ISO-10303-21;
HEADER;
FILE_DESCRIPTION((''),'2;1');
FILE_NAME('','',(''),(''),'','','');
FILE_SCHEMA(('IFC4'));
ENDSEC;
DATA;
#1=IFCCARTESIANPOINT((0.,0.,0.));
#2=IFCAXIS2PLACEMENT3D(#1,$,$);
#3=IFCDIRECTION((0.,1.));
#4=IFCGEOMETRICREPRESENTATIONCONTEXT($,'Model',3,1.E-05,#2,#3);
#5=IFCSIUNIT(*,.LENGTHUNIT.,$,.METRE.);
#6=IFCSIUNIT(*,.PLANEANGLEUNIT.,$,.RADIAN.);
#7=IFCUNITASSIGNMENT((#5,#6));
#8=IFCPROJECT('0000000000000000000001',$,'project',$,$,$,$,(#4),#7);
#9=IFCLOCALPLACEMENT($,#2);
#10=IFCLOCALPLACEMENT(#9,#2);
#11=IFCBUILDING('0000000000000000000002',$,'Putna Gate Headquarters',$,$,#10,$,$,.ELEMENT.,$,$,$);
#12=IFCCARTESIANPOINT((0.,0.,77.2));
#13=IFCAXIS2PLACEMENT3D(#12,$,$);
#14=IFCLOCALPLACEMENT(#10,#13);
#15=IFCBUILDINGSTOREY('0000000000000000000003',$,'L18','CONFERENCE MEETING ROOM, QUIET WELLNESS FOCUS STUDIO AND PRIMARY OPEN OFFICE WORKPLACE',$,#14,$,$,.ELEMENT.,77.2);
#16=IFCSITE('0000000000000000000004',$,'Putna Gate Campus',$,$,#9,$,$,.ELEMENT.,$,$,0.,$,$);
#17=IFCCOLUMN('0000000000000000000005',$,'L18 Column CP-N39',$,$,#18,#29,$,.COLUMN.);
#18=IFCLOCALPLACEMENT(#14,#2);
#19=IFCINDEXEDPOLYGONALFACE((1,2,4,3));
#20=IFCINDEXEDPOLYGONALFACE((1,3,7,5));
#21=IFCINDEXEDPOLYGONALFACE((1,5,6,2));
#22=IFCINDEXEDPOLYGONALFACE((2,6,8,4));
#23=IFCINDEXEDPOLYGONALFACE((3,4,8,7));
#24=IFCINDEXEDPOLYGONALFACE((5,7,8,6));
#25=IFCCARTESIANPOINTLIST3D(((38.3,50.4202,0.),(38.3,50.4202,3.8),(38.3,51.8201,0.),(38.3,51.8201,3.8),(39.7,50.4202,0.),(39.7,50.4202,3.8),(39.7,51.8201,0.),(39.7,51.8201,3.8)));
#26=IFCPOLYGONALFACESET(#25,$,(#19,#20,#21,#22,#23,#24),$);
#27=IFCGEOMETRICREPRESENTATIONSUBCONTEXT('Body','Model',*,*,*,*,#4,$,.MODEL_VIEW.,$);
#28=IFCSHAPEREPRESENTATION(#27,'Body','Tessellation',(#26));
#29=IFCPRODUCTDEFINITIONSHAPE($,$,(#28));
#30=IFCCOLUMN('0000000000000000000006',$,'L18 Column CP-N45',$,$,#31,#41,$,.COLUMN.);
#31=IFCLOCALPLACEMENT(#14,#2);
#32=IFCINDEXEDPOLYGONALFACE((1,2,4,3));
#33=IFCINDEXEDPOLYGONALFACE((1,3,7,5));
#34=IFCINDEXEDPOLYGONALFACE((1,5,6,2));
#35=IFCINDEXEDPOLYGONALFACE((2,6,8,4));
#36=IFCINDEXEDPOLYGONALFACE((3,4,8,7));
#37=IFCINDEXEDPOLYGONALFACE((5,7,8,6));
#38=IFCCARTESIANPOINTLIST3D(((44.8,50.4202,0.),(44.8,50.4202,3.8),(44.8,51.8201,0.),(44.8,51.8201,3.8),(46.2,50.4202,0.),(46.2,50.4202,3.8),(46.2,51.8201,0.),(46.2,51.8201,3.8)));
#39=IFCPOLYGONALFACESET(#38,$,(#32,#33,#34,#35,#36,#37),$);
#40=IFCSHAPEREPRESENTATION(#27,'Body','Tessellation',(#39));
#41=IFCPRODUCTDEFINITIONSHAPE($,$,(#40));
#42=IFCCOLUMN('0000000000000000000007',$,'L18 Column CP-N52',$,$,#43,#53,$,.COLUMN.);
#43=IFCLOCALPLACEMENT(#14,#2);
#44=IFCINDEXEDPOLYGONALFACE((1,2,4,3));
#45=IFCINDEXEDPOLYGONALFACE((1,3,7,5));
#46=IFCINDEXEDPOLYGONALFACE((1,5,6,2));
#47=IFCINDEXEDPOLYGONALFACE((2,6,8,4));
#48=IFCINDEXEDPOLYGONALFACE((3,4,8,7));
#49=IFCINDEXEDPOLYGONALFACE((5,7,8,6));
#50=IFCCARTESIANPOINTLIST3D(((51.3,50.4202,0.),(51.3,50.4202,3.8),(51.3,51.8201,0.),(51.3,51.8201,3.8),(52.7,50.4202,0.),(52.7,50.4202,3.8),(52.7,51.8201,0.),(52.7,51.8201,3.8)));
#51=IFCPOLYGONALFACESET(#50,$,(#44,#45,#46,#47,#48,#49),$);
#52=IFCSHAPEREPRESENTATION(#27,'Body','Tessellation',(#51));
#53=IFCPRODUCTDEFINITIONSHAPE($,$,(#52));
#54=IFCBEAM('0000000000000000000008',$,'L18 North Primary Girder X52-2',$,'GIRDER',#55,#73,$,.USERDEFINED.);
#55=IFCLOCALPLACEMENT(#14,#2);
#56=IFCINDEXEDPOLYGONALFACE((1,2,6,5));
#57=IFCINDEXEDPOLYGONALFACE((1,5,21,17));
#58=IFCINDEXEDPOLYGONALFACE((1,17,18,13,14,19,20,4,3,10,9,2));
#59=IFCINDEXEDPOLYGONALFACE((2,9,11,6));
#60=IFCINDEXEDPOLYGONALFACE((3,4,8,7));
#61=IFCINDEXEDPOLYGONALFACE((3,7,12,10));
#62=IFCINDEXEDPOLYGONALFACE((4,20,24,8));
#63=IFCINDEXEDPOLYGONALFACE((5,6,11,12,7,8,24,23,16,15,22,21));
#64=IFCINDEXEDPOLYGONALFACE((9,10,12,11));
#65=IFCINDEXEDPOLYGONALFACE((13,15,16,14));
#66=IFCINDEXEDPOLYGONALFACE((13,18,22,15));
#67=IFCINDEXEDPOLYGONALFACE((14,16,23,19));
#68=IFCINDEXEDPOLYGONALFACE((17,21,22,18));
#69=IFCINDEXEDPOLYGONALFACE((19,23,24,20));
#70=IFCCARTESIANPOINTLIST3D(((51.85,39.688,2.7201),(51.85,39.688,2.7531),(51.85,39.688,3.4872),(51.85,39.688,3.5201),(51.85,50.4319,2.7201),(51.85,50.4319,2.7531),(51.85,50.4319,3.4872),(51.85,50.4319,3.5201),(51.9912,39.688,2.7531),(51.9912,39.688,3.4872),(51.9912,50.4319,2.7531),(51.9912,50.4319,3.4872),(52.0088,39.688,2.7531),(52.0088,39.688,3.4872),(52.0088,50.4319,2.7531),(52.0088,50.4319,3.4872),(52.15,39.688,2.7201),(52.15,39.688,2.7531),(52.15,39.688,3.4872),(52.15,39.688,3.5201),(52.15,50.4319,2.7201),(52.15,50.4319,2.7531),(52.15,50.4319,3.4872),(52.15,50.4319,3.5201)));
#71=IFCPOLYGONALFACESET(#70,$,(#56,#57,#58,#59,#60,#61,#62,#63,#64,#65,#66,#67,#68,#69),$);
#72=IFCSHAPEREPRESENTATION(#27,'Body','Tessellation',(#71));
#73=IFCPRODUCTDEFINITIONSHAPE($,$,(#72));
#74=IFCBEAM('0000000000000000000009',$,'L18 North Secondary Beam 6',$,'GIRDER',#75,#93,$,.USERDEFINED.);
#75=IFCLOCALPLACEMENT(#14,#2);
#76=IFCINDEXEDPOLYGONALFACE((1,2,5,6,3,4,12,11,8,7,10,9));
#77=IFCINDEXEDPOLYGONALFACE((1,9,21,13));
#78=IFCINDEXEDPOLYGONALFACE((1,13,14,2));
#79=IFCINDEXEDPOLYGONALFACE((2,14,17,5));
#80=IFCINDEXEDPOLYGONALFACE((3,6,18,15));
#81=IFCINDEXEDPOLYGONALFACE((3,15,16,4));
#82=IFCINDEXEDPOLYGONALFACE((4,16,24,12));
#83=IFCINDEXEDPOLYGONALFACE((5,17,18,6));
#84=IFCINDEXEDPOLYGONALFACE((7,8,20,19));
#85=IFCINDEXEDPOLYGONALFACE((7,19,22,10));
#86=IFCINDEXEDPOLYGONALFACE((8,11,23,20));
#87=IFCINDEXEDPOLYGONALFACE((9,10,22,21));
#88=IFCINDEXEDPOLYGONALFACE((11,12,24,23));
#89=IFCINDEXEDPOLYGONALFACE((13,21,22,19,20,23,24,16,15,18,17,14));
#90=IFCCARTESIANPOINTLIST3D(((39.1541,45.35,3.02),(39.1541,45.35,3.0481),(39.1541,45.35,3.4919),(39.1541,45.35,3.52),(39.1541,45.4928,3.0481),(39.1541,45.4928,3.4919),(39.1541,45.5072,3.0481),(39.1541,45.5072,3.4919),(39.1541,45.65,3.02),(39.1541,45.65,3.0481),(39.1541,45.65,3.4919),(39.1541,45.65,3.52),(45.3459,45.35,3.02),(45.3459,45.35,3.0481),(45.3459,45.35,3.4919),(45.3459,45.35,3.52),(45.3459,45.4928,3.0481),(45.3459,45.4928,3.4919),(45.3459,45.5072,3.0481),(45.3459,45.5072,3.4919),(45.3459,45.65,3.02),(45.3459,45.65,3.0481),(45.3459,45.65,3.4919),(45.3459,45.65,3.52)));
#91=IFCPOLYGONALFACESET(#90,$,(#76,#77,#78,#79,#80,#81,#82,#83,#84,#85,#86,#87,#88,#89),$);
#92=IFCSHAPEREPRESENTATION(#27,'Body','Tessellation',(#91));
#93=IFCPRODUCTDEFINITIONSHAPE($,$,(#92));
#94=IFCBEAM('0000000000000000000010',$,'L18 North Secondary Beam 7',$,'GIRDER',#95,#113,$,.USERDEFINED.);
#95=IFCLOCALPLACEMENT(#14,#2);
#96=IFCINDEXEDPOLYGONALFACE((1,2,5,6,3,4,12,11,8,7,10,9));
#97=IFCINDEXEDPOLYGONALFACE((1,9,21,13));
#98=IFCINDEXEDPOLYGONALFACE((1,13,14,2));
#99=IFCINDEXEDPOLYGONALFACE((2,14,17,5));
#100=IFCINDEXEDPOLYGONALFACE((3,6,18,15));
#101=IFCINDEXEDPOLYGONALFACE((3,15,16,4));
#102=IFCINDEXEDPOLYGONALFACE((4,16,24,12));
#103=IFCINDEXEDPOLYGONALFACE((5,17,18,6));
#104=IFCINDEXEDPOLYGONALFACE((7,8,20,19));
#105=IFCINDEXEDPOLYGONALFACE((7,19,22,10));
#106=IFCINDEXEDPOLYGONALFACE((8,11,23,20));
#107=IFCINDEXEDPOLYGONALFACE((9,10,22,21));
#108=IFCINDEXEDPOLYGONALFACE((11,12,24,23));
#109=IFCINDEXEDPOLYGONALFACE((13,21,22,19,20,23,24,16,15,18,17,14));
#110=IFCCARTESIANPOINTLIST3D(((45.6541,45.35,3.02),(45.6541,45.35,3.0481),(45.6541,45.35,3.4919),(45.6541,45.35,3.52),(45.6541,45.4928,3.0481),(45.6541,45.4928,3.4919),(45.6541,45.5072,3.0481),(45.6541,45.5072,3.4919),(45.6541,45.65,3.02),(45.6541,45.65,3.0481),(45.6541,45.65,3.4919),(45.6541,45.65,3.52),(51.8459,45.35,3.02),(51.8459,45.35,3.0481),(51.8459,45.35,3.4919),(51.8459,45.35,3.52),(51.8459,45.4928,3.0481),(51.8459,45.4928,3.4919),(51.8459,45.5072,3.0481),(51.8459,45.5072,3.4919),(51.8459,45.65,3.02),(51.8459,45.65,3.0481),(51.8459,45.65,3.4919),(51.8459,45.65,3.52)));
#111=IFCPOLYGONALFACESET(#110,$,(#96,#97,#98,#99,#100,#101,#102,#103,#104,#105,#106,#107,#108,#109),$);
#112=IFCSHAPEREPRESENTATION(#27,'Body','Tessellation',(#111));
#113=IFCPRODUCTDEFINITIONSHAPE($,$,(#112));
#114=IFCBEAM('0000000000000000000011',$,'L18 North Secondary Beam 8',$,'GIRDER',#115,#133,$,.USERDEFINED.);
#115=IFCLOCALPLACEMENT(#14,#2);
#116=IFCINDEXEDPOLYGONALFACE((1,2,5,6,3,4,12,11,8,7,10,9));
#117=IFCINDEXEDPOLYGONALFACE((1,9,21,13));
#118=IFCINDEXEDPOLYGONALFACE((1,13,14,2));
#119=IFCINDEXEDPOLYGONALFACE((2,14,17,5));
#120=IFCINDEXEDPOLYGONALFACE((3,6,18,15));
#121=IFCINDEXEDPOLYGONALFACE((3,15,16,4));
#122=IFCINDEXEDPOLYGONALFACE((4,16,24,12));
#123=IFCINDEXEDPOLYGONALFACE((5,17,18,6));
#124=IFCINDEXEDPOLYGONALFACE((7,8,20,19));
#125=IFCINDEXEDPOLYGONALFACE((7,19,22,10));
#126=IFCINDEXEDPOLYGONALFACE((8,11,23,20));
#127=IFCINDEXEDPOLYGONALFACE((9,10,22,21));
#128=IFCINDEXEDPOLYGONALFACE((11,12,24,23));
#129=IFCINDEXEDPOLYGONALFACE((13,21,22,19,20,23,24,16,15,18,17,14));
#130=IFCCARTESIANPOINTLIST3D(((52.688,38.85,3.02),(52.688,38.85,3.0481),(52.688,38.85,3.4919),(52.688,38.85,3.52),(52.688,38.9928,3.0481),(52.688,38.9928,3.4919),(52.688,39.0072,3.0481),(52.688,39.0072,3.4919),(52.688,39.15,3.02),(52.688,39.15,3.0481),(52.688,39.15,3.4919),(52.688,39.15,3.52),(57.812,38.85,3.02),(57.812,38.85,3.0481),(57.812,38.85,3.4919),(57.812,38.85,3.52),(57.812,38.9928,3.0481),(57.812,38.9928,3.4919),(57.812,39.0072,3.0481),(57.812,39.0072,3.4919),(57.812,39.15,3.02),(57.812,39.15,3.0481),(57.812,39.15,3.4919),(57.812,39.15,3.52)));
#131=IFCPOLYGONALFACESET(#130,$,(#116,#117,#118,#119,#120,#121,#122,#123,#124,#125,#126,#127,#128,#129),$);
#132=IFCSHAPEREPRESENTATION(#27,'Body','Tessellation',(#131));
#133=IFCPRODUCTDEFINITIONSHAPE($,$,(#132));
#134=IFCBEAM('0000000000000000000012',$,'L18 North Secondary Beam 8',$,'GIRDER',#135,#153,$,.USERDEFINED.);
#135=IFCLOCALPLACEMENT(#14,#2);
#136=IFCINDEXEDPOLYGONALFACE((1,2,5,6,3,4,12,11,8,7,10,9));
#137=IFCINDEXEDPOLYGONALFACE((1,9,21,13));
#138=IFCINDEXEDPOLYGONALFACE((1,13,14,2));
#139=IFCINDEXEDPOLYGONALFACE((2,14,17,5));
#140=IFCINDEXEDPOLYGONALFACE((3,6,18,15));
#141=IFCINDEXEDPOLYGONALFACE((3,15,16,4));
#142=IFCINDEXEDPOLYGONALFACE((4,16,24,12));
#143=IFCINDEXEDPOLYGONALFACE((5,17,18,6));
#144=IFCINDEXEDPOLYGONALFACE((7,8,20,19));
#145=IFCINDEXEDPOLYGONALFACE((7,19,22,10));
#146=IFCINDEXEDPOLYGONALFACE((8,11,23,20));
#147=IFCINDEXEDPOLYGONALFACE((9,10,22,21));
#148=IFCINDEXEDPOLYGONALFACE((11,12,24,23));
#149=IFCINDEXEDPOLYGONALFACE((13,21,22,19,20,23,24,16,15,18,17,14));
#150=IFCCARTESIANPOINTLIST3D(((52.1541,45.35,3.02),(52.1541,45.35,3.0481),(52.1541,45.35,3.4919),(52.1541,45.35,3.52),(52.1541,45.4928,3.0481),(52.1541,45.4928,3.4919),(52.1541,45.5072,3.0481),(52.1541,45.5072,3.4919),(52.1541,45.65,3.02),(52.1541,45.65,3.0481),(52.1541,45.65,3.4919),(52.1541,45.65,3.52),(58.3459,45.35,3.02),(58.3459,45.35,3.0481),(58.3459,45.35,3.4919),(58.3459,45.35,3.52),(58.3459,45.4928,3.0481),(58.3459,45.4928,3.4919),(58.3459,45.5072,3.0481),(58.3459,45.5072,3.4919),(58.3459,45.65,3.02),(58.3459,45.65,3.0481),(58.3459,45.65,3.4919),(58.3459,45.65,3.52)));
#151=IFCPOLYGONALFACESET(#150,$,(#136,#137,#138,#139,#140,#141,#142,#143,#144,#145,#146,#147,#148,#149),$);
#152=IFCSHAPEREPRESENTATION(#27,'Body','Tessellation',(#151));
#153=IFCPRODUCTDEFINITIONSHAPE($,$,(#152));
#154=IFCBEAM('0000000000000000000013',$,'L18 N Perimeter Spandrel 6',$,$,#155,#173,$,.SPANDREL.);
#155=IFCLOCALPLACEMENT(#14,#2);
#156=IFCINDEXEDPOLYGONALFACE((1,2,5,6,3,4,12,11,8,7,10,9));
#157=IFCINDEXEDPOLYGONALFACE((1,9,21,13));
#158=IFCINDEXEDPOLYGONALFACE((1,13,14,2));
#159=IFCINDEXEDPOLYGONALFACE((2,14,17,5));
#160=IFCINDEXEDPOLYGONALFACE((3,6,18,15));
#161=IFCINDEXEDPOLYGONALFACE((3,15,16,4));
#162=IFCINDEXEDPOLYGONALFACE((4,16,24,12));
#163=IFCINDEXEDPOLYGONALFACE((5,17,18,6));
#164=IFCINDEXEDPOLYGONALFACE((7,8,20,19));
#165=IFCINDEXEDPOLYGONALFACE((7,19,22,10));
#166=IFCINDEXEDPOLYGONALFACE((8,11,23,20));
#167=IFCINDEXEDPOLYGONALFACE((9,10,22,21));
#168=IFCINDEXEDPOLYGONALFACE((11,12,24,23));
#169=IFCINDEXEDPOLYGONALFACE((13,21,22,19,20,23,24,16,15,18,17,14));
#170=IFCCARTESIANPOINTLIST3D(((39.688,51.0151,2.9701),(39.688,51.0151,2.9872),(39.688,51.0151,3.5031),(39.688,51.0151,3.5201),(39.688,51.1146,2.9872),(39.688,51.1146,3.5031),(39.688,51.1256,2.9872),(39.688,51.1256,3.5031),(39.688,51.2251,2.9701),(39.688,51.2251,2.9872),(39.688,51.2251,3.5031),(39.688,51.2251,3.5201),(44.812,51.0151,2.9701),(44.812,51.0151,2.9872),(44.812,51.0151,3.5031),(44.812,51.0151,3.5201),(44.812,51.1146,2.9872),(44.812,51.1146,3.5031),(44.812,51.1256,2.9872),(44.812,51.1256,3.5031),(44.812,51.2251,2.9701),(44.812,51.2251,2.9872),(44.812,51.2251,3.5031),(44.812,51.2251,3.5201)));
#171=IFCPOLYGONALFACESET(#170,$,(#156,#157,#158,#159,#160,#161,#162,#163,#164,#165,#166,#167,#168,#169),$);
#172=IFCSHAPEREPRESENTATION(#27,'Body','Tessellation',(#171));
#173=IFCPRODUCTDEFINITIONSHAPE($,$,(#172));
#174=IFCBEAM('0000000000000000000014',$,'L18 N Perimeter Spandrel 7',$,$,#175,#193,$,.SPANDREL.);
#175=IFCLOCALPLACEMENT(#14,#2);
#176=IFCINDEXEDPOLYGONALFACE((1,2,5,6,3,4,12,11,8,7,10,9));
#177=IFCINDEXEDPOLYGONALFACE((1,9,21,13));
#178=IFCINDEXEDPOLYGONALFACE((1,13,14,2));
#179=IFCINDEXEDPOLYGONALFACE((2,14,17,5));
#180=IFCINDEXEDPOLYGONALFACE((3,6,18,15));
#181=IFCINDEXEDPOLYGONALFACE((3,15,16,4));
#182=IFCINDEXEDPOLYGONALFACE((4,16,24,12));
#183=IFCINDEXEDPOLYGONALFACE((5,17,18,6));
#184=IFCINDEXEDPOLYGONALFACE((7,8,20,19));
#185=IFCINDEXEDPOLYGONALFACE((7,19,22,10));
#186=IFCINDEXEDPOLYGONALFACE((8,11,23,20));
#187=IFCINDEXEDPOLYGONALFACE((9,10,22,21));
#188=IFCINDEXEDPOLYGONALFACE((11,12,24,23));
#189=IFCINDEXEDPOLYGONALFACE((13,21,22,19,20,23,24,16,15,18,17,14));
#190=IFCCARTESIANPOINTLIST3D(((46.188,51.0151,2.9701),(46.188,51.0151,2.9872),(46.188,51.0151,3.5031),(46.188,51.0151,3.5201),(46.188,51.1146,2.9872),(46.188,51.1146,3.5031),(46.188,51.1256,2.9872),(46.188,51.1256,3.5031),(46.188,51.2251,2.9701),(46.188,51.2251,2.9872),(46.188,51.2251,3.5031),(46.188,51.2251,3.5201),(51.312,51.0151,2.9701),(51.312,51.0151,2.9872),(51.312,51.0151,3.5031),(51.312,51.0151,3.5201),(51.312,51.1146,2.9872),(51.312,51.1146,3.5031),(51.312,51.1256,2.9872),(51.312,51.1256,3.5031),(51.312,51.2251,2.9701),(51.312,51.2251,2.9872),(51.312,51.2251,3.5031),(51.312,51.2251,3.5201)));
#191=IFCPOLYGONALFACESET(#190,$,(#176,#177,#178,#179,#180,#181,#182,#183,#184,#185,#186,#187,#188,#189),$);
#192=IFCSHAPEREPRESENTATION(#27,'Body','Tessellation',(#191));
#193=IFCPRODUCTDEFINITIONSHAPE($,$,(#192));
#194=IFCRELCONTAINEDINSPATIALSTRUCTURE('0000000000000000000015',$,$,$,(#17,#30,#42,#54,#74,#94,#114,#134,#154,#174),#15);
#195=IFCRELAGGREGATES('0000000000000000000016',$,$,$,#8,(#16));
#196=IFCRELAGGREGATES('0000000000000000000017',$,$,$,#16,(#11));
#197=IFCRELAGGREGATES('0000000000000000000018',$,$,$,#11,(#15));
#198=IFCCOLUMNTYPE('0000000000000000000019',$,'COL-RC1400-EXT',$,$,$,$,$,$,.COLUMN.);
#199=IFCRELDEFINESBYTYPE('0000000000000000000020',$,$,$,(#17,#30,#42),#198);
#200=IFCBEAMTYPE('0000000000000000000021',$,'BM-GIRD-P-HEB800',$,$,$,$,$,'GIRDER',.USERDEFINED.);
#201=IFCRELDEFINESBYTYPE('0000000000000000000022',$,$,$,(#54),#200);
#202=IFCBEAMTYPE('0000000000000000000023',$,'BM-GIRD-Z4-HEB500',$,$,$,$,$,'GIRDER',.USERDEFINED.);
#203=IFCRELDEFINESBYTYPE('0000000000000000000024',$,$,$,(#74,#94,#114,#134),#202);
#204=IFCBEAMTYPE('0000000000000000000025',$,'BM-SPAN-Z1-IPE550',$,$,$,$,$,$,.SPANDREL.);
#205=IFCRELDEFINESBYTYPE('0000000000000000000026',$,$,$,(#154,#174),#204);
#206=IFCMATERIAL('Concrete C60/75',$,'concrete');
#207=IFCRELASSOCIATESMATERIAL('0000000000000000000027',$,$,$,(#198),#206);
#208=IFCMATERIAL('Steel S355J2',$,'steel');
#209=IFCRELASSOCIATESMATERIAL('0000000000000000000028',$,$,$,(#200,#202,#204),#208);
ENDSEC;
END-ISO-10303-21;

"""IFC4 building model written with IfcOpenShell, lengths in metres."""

from ifc_helpers import new_model, si_unit, direction, frame, origin, origin_2d, place, context, subcontext, project, spatial, rectangle, i_section, extrude, material, material_profile, profile_set, type_object, element, save


model = new_model("IFC4")

# Units and contexts
model_context = context("Model", 3, precision=1e-05, world=origin(), true_north=direction((0.0, 1.0)))
body_context = subcontext(model_context, "Body", "Model", "MODEL_VIEW")
ifc_project = project(units=[si_unit("LENGTHUNIT", "METRE"), si_unit("PLANEANGLEUNIT", "RADIAN")], contexts=[model_context])

# Site, building, storey
site_placement = place(None, origin())
site = spatial("IfcSite", under=ifc_project, at=site_placement, Name="Putna Gate Campus", CompositionType="ELEMENT", RefElevation=0.0)
building_placement = place(site_placement, origin())
building = spatial("IfcBuilding", under=site, at=building_placement, Name="Putna Gate Headquarters", CompositionType="ELEMENT")
storey_placement = place(building_placement, frame((0.0, 0.0, 77.2)))
storey = spatial("IfcBuildingStorey", under=building, at=storey_placement, Name="L18", Description="CONFERENCE MEETING ROOM, QUIET WELLNESS FOCUS STUDIO AND PRIMARY OPEN OFFICE WORKPLACE", CompositionType="ELEMENT", Elevation=77.2)

# Columns
ifc_material_1 = material(Name="Concrete C60/75", Category="concrete")
ifc_material_profile_1 = material_profile(ifc_material_1, rectangle(XDim=1.3999, YDim=1.3999, at=origin_2d()), Name="Concrete C60/75")
ifc_profile_set_1 = profile_set([ifc_material_profile_1], Name="Concrete C60/75")
column_type = type_object("IfcColumnType", Name="COL-RC1400-EXT", PredefinedType="COLUMN", material=ifc_profile_set_1)
for number, where, z_axis, x_axis, name in (
    (1, (39.0, 51.1201, 0.0), (0.0, 0.0, 1.0), (1.0, 0.0, 0.0), "L18 Column CP-N39"),
    (2, (45.5, 51.1201, 0.0), (0.0, 0.0, 1.0), (1.0, 0.0, 0.0), "L18 Column CP-N45"),
    (3, (52.0, 51.1201, 0.0), (0.0, 0.0, 1.0), (1.0, 0.0, 0.0), "L18 Column CP-N52"),
):
    element("IfcColumn", number, at=place(storey_placement, frame(where, z_axis=z_axis, x_axis=x_axis)), inside=storey, type_object=column_type, Name=name, PredefinedType="COLUMN", context=body_context, shape_type="SweptSolid", body=[
        extrude(rectangle(XDim=1.3999, YDim=1.3999, at=origin_2d()), origin(), (0.0, 0.0, 1.0), 3.8),
    ])

# Beams
ifc_material_2 = material(Name="Steel S355J2", Category="steel")
ifc_material_profile_2 = material_profile(ifc_material_2, i_section(OverallWidth=0.3, OverallDepth=0.8, WebThickness=0.0176, FlangeThickness=0.033, at=origin_2d()), Name="Steel S355J2")
ifc_profile_set_2 = profile_set([ifc_material_profile_2], Name="Steel S355J2")
beam_type_1 = type_object("IfcBeamType", Name="BM-GIRD-P-HEB800", ElementType="GIRDER", PredefinedType="USERDEFINED", material=ifc_profile_set_2)
beam_1_placement = place(storey_placement, frame((52.0, 39.688, 3.1201), z_axis=(0.0, 1.0, 0.0), x_axis=(-1.0, 0.0, 0.0)))
element("IfcBeam", 4, at=beam_1_placement, inside=storey, type_object=beam_type_1, Name="L18 North Primary Girder X52-2", ObjectType="GIRDER", PredefinedType="USERDEFINED", context=body_context, shape_type="SweptSolid", body=[
    extrude(i_section(OverallWidth=0.3, OverallDepth=0.8, WebThickness=0.0176, FlangeThickness=0.033, at=origin_2d()), origin(), (0.0, 0.0, 1.0), 10.7439),
])
ifc_material_profile_3 = material_profile(ifc_material_2, i_section(OverallWidth=0.3, OverallDepth=0.5, WebThickness=0.0144, FlangeThickness=0.0281, at=origin_2d()), Name="Steel S355J2")
ifc_profile_set_3 = profile_set([ifc_material_profile_3], Name="Steel S355J2")
beam_type_2 = type_object("IfcBeamType", Name="BM-GIRD-Z4-HEB500", ElementType="GIRDER", PredefinedType="USERDEFINED", material=ifc_profile_set_3)
for number, where, z_axis, x_axis, name in (
    (5, (39.1541, 45.5, 3.27), (1.0, 0.0, 0.0), (0.0, 1.0, 0.0), "L18 North Secondary Beam 6"),
    (6, (45.6541, 45.5, 3.27), (1.0, 0.0, 0.0), (0.0, 1.0, 0.0), "L18 North Secondary Beam 7"),
):
    element("IfcBeam", number, at=place(storey_placement, frame(where, z_axis=z_axis, x_axis=x_axis)), inside=storey, type_object=beam_type_2, Name=name, ObjectType="GIRDER", PredefinedType="USERDEFINED", context=body_context, shape_type="SweptSolid", body=[
        extrude(i_section(OverallWidth=0.3, OverallDepth=0.5, WebThickness=0.0144, FlangeThickness=0.0281, at=origin_2d()), origin(), (0.0, 0.0, 1.0), 6.1919),
    ])
beam_2_placement = place(storey_placement, frame((52.688, 39.0, 3.27), z_axis=(1.0, 0.0, 0.0), x_axis=(0.0, 1.0, 0.0)))
element("IfcBeam", 7, at=beam_2_placement, inside=storey, type_object=beam_type_2, Name="L18 North Secondary Beam 8", ObjectType="GIRDER", PredefinedType="USERDEFINED", context=body_context, shape_type="SweptSolid", body=[
    extrude(i_section(OverallWidth=0.3, OverallDepth=0.5, WebThickness=0.0144, FlangeThickness=0.0281, at=origin_2d()), origin(), (0.0, 0.0, 1.0), 5.124),
])
beam_3_placement = place(storey_placement, frame((52.1541, 45.5, 3.27), z_axis=(1.0, 0.0, 0.0), x_axis=(0.0, 1.0, 0.0)))
element("IfcBeam", 8, at=beam_3_placement, inside=storey, type_object=beam_type_2, Name="L18 North Secondary Beam 8", ObjectType="GIRDER", PredefinedType="USERDEFINED", context=body_context, shape_type="SweptSolid", body=[
    extrude(i_section(OverallWidth=0.3, OverallDepth=0.5, WebThickness=0.0144, FlangeThickness=0.0281, at=origin_2d()), origin(), (0.0, 0.0, 1.0), 6.1919),
])
ifc_material_profile_4 = material_profile(ifc_material_2, i_section(OverallWidth=0.21, OverallDepth=0.55, WebThickness=0.011, FlangeThickness=0.0171, at=origin_2d()), Name="Steel S355J2")
ifc_profile_set_4 = profile_set([ifc_material_profile_4], Name="Steel S355J2")
beam_type_3 = type_object("IfcBeamType", Name="BM-SPAN-Z1-IPE550", PredefinedType="SPANDREL", material=ifc_profile_set_4)
for number, where, z_axis, x_axis, name in (
    (9, (39.688, 51.1201, 3.2451), (1.0, 0.0, 0.0), (0.0, 1.0, 0.0), "L18 N Perimeter Spandrel 6"),
    (10, (46.188, 51.1201, 3.2451), (1.0, 0.0, 0.0), (0.0, 1.0, 0.0), "L18 N Perimeter Spandrel 7"),
):
    element("IfcBeam", number, at=place(storey_placement, frame(where, z_axis=z_axis, x_axis=x_axis)), inside=storey, type_object=beam_type_3, Name=name, PredefinedType="SPANDREL", context=body_context, shape_type="SweptSolid", body=[
        extrude(i_section(OverallWidth=0.21, OverallDepth=0.55, WebThickness=0.011, FlangeThickness=0.0171, at=origin_2d()), origin(), (0.0, 0.0, 1.0), 5.124),
    ])

save(model, "model.ifc")
